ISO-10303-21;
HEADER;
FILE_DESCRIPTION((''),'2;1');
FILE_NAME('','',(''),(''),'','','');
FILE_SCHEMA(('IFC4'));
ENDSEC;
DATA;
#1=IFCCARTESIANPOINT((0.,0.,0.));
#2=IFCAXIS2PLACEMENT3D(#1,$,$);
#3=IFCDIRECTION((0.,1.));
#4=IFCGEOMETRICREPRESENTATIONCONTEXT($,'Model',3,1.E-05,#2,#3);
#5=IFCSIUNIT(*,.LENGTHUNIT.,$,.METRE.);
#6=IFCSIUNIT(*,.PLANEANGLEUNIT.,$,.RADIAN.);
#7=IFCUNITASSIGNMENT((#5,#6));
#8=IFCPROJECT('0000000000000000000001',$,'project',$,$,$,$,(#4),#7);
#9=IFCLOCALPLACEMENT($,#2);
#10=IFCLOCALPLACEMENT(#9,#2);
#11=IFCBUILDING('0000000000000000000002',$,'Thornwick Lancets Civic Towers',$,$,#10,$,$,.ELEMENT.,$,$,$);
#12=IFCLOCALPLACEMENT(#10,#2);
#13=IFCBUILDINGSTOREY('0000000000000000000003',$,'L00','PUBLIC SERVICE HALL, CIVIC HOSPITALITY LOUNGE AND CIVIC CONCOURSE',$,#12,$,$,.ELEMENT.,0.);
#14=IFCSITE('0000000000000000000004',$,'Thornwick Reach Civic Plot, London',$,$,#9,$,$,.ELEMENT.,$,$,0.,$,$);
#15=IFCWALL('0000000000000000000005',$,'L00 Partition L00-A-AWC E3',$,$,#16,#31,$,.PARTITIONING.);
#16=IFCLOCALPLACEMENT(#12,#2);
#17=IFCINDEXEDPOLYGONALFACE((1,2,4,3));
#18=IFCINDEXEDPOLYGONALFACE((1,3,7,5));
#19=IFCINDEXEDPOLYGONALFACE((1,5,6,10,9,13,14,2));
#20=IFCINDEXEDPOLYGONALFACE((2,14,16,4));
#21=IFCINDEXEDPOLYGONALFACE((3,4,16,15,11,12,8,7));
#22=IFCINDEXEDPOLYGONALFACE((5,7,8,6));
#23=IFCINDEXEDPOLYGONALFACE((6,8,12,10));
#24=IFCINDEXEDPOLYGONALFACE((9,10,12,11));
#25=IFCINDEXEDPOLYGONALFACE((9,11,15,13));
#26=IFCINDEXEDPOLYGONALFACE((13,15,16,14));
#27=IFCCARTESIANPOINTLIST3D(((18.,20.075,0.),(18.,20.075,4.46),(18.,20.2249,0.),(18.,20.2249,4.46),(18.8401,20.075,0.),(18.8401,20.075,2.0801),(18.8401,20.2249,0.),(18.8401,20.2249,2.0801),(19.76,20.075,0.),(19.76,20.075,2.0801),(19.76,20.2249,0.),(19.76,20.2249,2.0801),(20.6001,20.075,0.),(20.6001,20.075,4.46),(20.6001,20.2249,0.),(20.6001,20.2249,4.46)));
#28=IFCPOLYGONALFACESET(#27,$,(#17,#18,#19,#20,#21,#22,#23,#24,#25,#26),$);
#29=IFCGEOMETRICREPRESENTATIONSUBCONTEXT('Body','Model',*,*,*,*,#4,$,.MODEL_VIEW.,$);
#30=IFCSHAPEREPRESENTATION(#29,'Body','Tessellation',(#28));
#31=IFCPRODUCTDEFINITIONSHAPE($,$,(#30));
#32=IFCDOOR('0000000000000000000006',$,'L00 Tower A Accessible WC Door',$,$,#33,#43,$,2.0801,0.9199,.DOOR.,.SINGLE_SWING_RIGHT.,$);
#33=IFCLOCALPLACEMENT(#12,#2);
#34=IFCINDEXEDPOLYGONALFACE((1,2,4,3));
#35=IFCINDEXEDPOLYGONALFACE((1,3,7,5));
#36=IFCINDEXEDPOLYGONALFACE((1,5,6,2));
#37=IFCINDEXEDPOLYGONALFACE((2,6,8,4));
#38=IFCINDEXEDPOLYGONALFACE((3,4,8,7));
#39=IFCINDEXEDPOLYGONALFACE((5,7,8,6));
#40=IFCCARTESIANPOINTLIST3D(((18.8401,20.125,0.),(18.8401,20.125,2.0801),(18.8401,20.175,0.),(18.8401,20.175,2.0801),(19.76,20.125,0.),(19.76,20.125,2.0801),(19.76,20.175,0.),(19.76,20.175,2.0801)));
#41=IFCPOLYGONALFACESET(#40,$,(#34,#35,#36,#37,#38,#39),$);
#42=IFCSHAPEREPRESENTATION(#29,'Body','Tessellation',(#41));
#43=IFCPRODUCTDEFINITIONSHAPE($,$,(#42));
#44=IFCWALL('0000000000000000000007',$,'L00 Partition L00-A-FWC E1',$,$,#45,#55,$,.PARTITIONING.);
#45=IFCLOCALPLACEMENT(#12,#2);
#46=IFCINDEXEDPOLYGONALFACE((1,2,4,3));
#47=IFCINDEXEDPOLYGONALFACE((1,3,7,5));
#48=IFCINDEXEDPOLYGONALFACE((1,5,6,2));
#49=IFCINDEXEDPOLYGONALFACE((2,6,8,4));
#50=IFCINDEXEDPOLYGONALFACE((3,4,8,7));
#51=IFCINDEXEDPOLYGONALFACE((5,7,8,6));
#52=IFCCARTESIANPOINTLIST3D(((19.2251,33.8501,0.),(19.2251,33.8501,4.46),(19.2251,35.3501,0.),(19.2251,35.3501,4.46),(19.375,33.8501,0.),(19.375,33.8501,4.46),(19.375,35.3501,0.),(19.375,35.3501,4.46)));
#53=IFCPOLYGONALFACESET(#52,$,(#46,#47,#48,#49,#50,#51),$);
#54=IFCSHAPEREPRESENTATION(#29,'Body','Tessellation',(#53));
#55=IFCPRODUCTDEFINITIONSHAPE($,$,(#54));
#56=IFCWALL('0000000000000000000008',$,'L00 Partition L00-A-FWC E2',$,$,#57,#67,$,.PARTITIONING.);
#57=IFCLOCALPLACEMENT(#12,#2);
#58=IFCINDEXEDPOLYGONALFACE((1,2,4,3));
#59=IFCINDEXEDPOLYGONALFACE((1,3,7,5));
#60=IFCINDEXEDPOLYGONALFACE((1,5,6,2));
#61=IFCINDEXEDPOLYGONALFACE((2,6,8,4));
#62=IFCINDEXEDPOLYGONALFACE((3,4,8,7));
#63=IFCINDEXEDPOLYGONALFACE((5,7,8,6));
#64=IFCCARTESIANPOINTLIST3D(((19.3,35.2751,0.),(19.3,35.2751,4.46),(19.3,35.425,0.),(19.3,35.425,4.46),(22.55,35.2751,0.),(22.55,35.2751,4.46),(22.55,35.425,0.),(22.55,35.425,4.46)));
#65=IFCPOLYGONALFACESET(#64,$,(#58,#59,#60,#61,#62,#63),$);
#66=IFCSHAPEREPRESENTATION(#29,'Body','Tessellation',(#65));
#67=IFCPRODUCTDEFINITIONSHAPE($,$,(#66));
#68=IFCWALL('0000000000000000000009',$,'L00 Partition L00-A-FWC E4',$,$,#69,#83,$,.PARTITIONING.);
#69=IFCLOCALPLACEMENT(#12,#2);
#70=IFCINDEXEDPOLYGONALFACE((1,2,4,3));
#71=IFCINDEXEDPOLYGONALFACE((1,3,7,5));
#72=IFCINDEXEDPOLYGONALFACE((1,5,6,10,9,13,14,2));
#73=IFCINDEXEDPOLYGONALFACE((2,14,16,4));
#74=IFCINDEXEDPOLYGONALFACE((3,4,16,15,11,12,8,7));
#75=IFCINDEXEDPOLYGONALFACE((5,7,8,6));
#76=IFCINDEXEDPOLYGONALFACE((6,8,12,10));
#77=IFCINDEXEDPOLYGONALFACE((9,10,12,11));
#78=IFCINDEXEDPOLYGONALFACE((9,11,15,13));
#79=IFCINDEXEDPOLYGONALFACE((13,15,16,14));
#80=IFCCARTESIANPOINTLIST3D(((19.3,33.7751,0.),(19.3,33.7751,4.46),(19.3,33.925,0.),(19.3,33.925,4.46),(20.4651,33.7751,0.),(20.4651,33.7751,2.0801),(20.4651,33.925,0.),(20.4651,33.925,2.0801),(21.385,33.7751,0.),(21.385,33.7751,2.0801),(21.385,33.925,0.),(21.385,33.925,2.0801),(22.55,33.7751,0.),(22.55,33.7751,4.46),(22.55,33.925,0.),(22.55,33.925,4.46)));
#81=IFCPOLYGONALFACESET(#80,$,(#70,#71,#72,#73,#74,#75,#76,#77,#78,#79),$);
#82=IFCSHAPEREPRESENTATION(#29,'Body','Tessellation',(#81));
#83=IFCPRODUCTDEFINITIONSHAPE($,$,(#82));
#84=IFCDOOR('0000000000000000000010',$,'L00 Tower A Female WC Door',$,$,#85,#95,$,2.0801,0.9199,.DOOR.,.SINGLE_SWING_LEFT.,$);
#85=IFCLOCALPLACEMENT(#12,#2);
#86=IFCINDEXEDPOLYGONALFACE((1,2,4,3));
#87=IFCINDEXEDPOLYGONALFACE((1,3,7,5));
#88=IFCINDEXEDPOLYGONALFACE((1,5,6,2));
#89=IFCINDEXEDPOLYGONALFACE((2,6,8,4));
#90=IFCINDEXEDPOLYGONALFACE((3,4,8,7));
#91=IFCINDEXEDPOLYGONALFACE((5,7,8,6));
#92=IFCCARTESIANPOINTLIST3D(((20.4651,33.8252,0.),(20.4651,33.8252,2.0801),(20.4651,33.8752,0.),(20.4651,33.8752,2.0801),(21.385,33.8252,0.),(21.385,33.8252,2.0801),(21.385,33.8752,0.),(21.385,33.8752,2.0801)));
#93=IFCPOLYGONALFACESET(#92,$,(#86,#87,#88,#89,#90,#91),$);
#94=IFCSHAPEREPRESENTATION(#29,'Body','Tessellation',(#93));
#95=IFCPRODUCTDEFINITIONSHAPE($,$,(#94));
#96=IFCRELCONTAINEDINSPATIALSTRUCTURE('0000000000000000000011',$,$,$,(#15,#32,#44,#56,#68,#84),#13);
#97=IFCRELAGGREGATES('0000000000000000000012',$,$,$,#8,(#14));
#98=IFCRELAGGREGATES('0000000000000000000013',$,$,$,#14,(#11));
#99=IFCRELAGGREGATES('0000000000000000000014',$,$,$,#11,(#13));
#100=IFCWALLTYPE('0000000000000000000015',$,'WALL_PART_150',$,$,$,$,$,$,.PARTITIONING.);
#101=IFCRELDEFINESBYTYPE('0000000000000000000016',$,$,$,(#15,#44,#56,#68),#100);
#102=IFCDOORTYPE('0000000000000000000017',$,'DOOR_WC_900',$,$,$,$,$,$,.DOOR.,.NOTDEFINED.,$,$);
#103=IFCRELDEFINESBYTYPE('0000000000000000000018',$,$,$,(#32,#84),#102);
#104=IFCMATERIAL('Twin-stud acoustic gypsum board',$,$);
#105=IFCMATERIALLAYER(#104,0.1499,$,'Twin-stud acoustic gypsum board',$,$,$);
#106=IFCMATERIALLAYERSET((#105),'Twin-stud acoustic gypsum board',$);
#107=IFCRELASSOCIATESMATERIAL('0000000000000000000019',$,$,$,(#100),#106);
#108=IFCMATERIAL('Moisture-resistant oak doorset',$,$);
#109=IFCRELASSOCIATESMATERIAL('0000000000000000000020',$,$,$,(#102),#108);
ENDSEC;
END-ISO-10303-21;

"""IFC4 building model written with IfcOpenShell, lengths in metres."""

from ifc_helpers import new_model, si_unit, direction, frame, frame_2d, origin, place, context, subcontext, project, spatial, rectangle, extrude, material, layer, layer_set, type_object, element, fill, save


model = new_model("IFC4")

# Units and contexts
model_context = context("Model", 3, precision=1e-05, world=origin(), true_north=direction((0.0, 1.0)))
body_context = subcontext(model_context, "Body", "Model", "MODEL_VIEW")
ifc_project = project(units=[si_unit("LENGTHUNIT", "METRE"), si_unit("PLANEANGLEUNIT", "RADIAN")], contexts=[model_context])

# Site, building, storey
site_placement = place(None, origin())
site = spatial("IfcSite", under=ifc_project, at=site_placement, Name="Thornwick Reach Civic Plot, London", CompositionType="ELEMENT", RefElevation=0.0)
building_placement = place(site_placement, origin())
building = spatial("IfcBuilding", under=site, at=building_placement, Name="Thornwick Lancets Civic Towers", CompositionType="ELEMENT")
storey_placement = place(building_placement, origin())
storey = spatial("IfcBuildingStorey", under=building, at=storey_placement, Name="L00", Description="PUBLIC SERVICE HALL, CIVIC HOSPITALITY LOUNGE AND CIVIC CONCOURSE", CompositionType="ELEMENT", Elevation=0.0)

# Wall, opening, door
ifc_material_1 = material(Name="Twin-stud acoustic gypsum board")
ifc_layer_1 = layer(ifc_material_1, 0.1499, Name="Twin-stud acoustic gypsum board")
ifc_layer_set_1 = layer_set([ifc_layer_1], Name="Twin-stud acoustic gypsum board")
wall_type_1 = type_object("IfcWallType", Name="WALL_PART_150", PredefinedType="PARTITIONING", material=ifc_layer_set_1)
wall_1_placement = place(storey_placement, frame((20.6001, 20.1499, 0.0), z_axis=(0.0, 0.0, 1.0), x_axis=(-1.0, 0.0, 0.0)))
wall_1 = element("IfcWall", 1, at=wall_1_placement, inside=storey, type_object=wall_type_1, Name="L00 Partition L00-A-AWC E3", PredefinedType="PARTITIONING", context=body_context, shape_type="SweptSolid", body=[
    extrude(rectangle(XDim=2.6001, YDim=0.1499, at=frame_2d((1.3, 0.0))), origin(), (0.0, 0.0, 1.0), 4.46),
])
opening_1_placement = place(wall_1_placement, frame((0.8401, 0.0, 0.0)))
opening_1 = element("IfcOpeningElement", 2, at=opening_1_placement, cuts=wall_1, PredefinedType="OPENING", context=body_context, shape_type="SweptSolid", body=[
    extrude(rectangle(XDim=0.9199, YDim=2.0801, at=frame_2d((0.46, 1.04))), frame((0.0, 0.085, 0.0), z_axis=(0.0, -1.0, 0.0), x_axis=(1.0, 0.0, 0.0)), (0.0, 0.0, 1.0), 0.1699),
])
ifc_material_2 = material(Name="Moisture-resistant oak doorset")
door_type_1 = type_object("IfcDoorType", Name="DOOR_WC_900", OperationType="NOTDEFINED", PredefinedType="DOOR", material=ifc_material_2)
door_1_placement = place(opening_1_placement, origin())
door_1 = element("IfcDoor", 3, at=door_1_placement, inside=storey, type_object=door_type_1, Name="L00 Tower A Accessible WC Door", OperationType="SINGLE_SWING_RIGHT", OverallHeight=2.0801, OverallWidth=0.9199, PredefinedType="DOOR", context=body_context, shape_type="SweptSolid", body=[
    extrude(rectangle(XDim=0.9199, YDim=2.0801, at=frame_2d((0.46, 1.04))), frame((0.0, 0.0249, 0.0), z_axis=(0.0, -1.0, 0.0), x_axis=(1.0, 0.0, 0.0)), (0.0, 0.0, 1.0), 0.05),
])
fill(opening_1, door_1)

# Walls
wall_2_placement = place(storey_placement, frame((19.3, 33.8501, 0.0), z_axis=(0.0, 0.0, 1.0), x_axis=(0.0, 1.0, 0.0)))
element("IfcWall", 4, at=wall_2_placement, inside=storey, type_object=wall_type_1, Name="L00 Partition L00-A-FWC E1", PredefinedType="PARTITIONING", context=body_context, shape_type="SweptSolid", body=[
    extrude(rectangle(XDim=1.5, YDim=0.1499, at=frame_2d((0.75, 0.0))), origin(), (0.0, 0.0, 1.0), 4.46),
])
wall_3_placement = place(storey_placement, frame((19.3, 35.3501, 0.0), z_axis=(0.0, 0.0, 1.0), x_axis=(1.0, 0.0, 0.0)))
element("IfcWall", 5, at=wall_3_placement, inside=storey, type_object=wall_type_1, Name="L00 Partition L00-A-FWC E2", PredefinedType="PARTITIONING", context=body_context, shape_type="SweptSolid", body=[
    extrude(rectangle(XDim=3.25, YDim=0.1499, at=frame_2d((1.625, 0.0))), origin(), (0.0, 0.0, 1.0), 4.46),
])

# Wall, opening, door
wall_4_placement = place(storey_placement, frame((22.55, 33.8501, 0.0), z_axis=(0.0, 0.0, 1.0), x_axis=(-1.0, 0.0, 0.0)))
wall_4 = element("IfcWall", 6, at=wall_4_placement, inside=storey, type_object=wall_type_1, Name="L00 Partition L00-A-FWC E4", PredefinedType="PARTITIONING", context=body_context, shape_type="SweptSolid", body=[
    extrude(rectangle(XDim=3.25, YDim=0.1499, at=frame_2d((1.625, 0.0))), origin(), (0.0, 0.0, 1.0), 4.46),
])
opening_2_placement = place(wall_4_placement, frame((1.165, 0.0, 0.0)))
opening_2 = element("IfcOpeningElement", 7, at=opening_2_placement, cuts=wall_4, PredefinedType="OPENING", context=body_context, shape_type="SweptSolid", body=[
    extrude(rectangle(XDim=0.9199, YDim=2.0801, at=frame_2d((0.46, 1.04))), frame((0.0, 0.085, 0.0), z_axis=(0.0, -1.0, 0.0), x_axis=(1.0, 0.0, 0.0)), (0.0, 0.0, 1.0), 0.1699),
])
door_2_placement = place(opening_2_placement, origin())
door_2 = element("IfcDoor", 8, at=door_2_placement, inside=storey, type_object=door_type_1, Name="L00 Tower A Female WC Door", OperationType="SINGLE_SWING_LEFT", OverallHeight=2.0801, OverallWidth=0.9199, PredefinedType="DOOR", context=body_context, shape_type="SweptSolid", body=[
    extrude(rectangle(XDim=0.9199, YDim=2.0801, at=frame_2d((0.46, 1.04))), frame((0.0, 0.0249, 0.0), z_axis=(0.0, -1.0, 0.0), x_axis=(1.0, 0.0, 0.0)), (0.0, 0.0, 1.0), 0.05),
])
fill(opening_2, door_2)

save(model, "model.ifc")
